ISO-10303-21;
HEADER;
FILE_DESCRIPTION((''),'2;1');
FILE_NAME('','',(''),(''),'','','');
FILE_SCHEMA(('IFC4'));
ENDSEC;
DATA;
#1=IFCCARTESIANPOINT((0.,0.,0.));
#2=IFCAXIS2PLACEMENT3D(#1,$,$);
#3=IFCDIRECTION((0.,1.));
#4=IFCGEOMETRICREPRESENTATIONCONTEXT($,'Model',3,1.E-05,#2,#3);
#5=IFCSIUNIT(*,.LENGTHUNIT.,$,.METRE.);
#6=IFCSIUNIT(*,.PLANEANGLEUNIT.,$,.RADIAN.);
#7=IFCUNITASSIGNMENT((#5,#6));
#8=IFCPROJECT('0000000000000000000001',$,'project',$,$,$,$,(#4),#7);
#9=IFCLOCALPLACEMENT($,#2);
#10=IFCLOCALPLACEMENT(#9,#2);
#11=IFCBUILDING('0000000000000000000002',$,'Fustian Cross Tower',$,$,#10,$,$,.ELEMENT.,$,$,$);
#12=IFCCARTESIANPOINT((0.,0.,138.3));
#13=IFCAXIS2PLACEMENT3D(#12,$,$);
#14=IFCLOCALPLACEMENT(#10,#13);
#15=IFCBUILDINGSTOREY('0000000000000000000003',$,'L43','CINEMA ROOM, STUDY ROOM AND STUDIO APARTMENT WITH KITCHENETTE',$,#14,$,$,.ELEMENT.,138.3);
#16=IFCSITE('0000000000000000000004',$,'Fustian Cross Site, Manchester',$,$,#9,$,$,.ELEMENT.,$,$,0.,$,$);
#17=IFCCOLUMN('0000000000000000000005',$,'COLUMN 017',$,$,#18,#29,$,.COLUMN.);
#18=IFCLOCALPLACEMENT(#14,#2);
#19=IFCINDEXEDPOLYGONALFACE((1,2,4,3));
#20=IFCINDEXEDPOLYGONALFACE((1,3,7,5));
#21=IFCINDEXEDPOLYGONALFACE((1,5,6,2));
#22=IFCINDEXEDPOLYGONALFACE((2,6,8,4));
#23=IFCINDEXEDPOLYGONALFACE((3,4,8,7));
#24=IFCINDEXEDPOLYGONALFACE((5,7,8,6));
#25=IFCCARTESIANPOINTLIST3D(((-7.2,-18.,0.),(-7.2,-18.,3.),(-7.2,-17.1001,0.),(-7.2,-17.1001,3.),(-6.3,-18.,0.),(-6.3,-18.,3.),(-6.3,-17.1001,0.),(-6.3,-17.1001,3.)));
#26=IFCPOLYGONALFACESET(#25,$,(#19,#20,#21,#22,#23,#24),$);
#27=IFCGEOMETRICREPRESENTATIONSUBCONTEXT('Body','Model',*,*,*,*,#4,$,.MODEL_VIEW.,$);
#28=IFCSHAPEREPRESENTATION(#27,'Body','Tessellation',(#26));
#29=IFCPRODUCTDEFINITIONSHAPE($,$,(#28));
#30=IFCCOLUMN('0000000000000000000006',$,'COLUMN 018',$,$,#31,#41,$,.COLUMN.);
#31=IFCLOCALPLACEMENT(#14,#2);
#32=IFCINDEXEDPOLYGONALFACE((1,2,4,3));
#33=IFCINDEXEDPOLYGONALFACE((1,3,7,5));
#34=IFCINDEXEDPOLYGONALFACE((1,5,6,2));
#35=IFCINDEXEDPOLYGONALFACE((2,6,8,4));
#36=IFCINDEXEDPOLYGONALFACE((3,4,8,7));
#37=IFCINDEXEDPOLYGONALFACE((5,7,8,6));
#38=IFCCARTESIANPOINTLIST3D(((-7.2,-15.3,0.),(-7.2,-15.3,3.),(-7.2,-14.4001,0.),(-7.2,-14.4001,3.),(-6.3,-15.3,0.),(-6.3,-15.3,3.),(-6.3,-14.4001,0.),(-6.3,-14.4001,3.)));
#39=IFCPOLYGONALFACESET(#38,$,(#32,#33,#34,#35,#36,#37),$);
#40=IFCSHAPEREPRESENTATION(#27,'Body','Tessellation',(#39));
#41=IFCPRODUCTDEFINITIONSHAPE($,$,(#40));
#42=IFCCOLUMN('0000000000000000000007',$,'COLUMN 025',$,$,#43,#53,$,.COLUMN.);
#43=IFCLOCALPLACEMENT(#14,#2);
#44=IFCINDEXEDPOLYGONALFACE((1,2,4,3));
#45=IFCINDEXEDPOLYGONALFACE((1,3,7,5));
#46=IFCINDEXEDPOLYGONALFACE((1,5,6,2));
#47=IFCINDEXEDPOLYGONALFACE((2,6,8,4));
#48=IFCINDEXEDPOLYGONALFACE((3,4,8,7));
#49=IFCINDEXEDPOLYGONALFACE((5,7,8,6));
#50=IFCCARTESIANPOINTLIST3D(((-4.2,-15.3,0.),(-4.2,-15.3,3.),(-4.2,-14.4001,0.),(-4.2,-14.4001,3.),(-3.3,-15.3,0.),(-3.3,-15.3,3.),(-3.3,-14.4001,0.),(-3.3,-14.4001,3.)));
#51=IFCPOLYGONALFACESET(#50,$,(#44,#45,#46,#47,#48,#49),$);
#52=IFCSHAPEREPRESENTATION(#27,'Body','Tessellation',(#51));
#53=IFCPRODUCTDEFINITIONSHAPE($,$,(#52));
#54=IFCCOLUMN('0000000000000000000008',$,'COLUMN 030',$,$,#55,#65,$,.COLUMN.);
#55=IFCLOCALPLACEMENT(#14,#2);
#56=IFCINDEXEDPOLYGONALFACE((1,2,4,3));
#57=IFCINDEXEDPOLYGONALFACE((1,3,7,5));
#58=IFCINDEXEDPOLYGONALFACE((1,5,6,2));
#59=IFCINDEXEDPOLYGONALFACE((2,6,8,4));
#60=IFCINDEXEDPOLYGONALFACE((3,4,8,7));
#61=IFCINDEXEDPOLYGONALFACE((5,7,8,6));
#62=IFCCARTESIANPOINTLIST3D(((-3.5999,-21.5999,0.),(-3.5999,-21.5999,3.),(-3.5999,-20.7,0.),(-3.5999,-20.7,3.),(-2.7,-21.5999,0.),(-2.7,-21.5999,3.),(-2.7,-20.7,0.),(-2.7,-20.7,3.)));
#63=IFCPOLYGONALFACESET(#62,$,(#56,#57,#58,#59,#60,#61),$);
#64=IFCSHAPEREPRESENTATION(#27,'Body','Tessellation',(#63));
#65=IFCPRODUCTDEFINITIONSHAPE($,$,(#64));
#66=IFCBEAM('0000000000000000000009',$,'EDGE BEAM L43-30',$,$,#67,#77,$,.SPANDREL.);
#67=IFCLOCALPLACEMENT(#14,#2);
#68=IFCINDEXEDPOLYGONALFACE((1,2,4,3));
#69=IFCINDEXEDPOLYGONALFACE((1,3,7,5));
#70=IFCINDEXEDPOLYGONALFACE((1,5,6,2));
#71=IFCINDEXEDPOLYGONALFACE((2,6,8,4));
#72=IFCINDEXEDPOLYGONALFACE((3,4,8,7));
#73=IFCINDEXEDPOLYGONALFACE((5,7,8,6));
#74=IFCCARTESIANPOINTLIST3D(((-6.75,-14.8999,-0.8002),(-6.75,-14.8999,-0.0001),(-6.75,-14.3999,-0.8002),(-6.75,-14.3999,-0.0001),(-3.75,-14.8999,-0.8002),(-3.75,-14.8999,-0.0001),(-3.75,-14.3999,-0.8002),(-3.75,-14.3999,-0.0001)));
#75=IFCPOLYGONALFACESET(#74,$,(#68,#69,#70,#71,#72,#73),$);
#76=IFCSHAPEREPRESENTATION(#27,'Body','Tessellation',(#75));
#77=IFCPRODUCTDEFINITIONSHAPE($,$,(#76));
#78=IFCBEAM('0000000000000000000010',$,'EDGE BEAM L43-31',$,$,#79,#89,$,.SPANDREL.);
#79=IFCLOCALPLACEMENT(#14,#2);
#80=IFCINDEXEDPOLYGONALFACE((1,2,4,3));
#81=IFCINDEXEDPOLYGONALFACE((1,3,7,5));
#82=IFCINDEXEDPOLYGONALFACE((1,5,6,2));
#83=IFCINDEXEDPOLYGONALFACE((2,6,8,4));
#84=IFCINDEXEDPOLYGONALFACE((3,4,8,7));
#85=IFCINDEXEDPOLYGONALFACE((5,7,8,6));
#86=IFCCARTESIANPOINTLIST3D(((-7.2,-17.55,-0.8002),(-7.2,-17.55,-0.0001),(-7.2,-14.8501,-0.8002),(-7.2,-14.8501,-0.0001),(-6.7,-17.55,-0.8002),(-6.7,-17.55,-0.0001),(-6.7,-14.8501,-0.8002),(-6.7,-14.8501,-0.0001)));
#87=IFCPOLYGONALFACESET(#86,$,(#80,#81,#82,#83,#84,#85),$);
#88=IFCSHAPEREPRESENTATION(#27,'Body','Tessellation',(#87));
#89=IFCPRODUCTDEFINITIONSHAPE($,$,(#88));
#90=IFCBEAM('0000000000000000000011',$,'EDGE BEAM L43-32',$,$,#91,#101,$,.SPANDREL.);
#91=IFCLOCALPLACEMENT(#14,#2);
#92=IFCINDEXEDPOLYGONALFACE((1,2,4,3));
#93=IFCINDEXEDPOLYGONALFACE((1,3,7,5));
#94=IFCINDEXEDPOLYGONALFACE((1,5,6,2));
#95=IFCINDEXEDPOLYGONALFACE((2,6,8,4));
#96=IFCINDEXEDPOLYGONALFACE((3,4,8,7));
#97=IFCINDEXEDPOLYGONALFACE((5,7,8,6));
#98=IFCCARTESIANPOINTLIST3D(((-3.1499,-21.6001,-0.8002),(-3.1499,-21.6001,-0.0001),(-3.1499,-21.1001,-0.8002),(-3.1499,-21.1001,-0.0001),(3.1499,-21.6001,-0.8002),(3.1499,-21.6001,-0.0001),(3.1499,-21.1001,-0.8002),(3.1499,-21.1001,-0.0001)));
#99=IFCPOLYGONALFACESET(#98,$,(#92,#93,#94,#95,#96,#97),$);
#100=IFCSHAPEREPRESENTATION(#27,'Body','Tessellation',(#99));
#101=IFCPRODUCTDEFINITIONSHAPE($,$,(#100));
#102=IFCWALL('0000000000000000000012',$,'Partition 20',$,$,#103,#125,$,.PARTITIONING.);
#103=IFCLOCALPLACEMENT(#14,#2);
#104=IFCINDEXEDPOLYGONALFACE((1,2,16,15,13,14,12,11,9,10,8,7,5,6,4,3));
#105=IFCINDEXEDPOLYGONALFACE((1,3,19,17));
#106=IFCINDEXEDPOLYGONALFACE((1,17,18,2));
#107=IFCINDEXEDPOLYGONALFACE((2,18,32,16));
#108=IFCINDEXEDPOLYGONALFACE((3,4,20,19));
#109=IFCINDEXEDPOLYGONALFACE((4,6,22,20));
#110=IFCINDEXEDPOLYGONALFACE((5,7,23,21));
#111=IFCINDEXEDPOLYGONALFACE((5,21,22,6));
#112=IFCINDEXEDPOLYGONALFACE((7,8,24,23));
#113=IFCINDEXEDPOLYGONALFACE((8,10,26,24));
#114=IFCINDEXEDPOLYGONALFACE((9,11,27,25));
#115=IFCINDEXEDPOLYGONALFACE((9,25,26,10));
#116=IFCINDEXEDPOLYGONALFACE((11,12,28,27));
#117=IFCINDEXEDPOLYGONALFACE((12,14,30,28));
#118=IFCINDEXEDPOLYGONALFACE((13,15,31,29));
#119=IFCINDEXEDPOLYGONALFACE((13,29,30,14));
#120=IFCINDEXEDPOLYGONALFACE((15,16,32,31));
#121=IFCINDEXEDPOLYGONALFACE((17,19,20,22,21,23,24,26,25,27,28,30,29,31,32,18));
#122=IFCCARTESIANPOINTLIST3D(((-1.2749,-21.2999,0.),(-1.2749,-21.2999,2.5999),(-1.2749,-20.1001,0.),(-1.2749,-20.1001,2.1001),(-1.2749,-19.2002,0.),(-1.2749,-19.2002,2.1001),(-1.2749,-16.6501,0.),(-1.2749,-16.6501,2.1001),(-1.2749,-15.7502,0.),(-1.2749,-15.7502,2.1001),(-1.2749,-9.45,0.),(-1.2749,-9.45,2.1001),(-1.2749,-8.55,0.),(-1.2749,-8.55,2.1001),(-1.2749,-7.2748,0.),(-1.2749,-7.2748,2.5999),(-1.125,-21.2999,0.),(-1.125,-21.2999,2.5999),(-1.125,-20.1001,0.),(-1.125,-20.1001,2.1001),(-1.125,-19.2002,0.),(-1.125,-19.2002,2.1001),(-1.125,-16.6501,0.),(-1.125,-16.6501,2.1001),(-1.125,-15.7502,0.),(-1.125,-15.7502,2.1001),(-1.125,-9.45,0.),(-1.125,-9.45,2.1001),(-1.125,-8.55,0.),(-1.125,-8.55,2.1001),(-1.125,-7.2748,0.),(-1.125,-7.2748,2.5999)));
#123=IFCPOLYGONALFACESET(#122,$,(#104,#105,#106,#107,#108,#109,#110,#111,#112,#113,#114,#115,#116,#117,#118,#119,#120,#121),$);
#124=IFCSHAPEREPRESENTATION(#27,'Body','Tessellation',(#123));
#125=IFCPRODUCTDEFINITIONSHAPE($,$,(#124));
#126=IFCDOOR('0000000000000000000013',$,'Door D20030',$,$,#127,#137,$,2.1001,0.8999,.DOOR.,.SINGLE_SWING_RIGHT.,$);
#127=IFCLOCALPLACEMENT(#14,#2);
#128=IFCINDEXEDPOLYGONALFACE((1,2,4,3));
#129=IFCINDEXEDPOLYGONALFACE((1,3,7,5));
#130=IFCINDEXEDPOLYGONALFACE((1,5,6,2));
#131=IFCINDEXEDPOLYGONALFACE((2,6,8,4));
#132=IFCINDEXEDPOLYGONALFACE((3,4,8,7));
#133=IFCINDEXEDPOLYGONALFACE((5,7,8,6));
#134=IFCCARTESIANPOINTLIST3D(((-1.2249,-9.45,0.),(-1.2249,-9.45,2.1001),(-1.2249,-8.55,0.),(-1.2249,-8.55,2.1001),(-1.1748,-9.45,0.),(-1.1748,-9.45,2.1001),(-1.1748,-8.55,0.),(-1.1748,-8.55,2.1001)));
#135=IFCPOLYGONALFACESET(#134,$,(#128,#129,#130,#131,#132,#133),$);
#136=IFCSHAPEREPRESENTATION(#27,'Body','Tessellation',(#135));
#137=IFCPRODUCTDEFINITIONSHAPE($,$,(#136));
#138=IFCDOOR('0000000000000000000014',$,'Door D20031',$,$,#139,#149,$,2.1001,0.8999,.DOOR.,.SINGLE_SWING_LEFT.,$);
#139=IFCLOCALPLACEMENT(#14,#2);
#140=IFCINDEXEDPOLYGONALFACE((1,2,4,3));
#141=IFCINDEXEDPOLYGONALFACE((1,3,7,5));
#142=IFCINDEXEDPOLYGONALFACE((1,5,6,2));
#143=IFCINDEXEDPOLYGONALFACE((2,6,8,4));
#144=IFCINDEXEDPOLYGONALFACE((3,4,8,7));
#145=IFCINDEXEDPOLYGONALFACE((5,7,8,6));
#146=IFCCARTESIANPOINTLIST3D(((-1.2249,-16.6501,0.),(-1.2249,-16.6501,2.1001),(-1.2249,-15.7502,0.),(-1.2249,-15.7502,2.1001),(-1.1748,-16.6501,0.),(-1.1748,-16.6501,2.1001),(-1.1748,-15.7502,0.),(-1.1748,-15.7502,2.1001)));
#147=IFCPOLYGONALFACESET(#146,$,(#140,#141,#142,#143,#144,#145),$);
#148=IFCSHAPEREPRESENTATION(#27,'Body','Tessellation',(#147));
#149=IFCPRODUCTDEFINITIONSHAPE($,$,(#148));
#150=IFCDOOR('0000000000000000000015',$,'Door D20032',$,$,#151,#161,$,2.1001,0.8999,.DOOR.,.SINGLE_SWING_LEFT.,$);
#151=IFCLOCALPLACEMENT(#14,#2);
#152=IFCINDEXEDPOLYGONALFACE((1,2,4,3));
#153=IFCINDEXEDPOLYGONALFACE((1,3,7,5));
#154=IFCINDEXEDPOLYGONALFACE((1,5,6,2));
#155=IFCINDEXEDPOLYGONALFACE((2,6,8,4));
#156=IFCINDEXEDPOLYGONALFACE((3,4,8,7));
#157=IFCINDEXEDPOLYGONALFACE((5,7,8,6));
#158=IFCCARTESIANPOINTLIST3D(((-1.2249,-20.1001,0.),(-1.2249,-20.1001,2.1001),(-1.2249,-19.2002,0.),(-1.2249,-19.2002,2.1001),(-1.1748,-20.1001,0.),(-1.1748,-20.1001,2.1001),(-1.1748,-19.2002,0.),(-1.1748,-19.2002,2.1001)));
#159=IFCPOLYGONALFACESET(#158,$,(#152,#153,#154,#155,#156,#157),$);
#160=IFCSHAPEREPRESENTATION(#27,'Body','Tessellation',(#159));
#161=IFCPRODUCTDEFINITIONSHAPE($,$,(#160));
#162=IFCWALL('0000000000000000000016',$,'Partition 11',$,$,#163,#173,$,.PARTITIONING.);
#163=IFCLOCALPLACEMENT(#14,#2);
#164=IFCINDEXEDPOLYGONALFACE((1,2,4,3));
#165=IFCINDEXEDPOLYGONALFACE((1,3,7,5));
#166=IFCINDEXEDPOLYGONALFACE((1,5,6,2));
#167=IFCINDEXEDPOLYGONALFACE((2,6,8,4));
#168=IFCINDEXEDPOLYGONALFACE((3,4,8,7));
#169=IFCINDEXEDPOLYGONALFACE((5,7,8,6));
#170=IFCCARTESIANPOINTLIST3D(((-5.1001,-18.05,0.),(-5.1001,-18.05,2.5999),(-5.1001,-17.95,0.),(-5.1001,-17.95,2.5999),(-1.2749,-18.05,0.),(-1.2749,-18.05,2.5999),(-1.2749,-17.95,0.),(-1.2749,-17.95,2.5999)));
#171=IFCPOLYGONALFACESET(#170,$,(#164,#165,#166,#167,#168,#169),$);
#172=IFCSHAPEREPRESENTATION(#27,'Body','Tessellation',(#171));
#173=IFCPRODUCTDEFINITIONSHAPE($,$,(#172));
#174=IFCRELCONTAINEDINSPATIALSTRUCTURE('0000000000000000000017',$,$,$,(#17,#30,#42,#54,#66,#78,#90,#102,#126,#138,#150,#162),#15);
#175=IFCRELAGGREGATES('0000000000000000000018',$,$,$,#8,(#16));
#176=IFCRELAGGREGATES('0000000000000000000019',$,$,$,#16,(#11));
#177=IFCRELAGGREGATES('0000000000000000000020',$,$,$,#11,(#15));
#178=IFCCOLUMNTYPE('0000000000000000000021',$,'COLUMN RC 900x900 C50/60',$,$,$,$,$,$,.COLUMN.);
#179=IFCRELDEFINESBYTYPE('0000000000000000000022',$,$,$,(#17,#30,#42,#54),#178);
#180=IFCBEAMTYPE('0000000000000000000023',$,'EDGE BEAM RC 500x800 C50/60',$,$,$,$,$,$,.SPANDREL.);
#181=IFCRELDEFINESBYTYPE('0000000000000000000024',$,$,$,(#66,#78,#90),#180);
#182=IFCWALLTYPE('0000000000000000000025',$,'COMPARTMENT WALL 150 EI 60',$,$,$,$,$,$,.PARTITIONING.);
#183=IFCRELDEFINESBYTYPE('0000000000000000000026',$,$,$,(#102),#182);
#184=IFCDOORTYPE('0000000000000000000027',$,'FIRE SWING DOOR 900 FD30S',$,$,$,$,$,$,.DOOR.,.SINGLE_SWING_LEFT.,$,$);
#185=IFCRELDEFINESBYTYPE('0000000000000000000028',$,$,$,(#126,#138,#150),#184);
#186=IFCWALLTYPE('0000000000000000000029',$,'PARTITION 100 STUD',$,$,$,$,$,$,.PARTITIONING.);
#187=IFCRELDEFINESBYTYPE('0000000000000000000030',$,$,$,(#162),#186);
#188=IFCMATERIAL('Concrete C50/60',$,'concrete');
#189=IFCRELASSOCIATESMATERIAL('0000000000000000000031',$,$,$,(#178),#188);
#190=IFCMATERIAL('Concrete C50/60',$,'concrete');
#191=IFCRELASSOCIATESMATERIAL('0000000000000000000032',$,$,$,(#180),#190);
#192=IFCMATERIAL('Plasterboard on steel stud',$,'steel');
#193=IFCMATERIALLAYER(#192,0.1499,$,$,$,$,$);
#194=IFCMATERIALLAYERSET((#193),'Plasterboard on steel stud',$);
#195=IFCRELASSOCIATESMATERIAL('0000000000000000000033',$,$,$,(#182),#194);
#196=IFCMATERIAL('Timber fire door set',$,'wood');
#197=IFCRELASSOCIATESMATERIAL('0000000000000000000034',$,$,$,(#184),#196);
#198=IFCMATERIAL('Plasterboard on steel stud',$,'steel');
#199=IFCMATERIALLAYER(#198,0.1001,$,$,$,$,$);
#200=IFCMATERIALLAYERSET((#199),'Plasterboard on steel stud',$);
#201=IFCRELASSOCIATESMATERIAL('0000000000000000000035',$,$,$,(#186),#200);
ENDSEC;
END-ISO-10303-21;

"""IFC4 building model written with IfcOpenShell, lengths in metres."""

from ifc_helpers import new_model, si_unit, direction, frame, frame_2d, origin, origin_2d, place, context, subcontext, project, spatial, rectangle, extrude, material, layer, layer_set, material_profile, profile_set, type_object, element, fill, save


model = new_model("IFC4")

# Units and contexts
model_context = context("Model", 3, precision=1e-05, world=origin(), true_north=direction((0.0, 1.0)))
body_context = subcontext(model_context, "Body", "Model", "MODEL_VIEW")
ifc_project = project(units=[si_unit("LENGTHUNIT", "METRE"), si_unit("PLANEANGLEUNIT", "RADIAN")], contexts=[model_context])

# Site, building, storey
site_placement = place(None, origin())
site = spatial("IfcSite", under=ifc_project, at=site_placement, Name="Fustian Cross Site, Manchester", CompositionType="ELEMENT", RefElevation=0.0)
building_placement = place(site_placement, origin())
building = spatial("IfcBuilding", under=site, at=building_placement, Name="Fustian Cross Tower", CompositionType="ELEMENT")
storey_placement = place(building_placement, frame((0.0, 0.0, 138.3)))
storey = spatial("IfcBuildingStorey", under=building, at=storey_placement, Name="L43", Description="CINEMA ROOM, STUDY ROOM AND STUDIO APARTMENT WITH KITCHENETTE", CompositionType="ELEMENT", Elevation=138.3)

# Columns
ifc_material_1 = material(Name="Concrete C50/60", Category="concrete")
ifc_material_profile_1 = material_profile(ifc_material_1, rectangle(XDim=0.8999, YDim=0.8999, at=origin_2d()), Name="RC 900x900")
ifc_profile_set_1 = profile_set([ifc_material_profile_1], Name="Concrete C50/60")
column_type = type_object("IfcColumnType", Name="COLUMN RC 900x900 C50/60", PredefinedType="COLUMN", material=ifc_profile_set_1)
for number, where, z_axis, x_axis, name in (
    (1, (-6.75, -17.55, 0.0), (0.0, 0.0, 1.0), (1.0, 0.0, 0.0), "COLUMN 017"),
    (2, (-6.75, -14.8501, 0.0), (0.0, 0.0, 1.0), (1.0, 0.0, 0.0), "COLUMN 018"),
    (3, (-3.75, -14.8501, 0.0), (0.0, 0.0, 1.0), (1.0, 0.0, 0.0), "COLUMN 025"),
    (4, (-3.1499, -21.1499, 0.0), (0.0, 0.0, 1.0), (1.0, 0.0, 0.0), "COLUMN 030"),
):
    element("IfcColumn", number, at=place(storey_placement, frame(where, z_axis=z_axis, x_axis=x_axis)), inside=storey, type_object=column_type, Name=name, PredefinedType="COLUMN", context=body_context, shape_type="SweptSolid", body=[
        extrude(rectangle(XDim=0.8999, YDim=0.8999, at=origin_2d()), origin(), (0.0, 0.0, 1.0), 3.0),
    ])

# Beams
ifc_material_2 = material(Name="Concrete C50/60", Category="concrete")
ifc_material_profile_2 = material_profile(ifc_material_2, rectangle(XDim=0.5, YDim=0.8, at=origin_2d()), Name="RC 500x800")
ifc_profile_set_2 = profile_set([ifc_material_profile_2], Name="Concrete C50/60")
beam_type = type_object("IfcBeamType", Name="EDGE BEAM RC 500x800 C50/60", PredefinedType="SPANDREL", material=ifc_profile_set_2)
beam_1_placement = place(storey_placement, frame((-3.75, -14.6499, -0.4001), z_axis=(-1.0, 0.0, 0.0), x_axis=(0.0, -1.0, 0.0)))
element("IfcBeam", 5, at=beam_1_placement, inside=storey, type_object=beam_type, Name="EDGE BEAM L43-30", PredefinedType="SPANDREL", context=body_context, shape_type="SweptSolid", body=[
    extrude(rectangle(XDim=0.5, YDim=0.8, at=origin_2d()), origin(), (0.0, 0.0, 1.0), 3.0),
])
beam_2_placement = place(storey_placement, frame((-6.95, -14.8501, -0.4001), z_axis=(0.0, -1.0, 0.0), x_axis=(1.0, 0.0, 0.0)))
element("IfcBeam", 6, at=beam_2_placement, inside=storey, type_object=beam_type, Name="EDGE BEAM L43-31", PredefinedType="SPANDREL", context=body_context, shape_type="SweptSolid", body=[
    extrude(rectangle(XDim=0.5, YDim=0.8, at=origin_2d()), origin(), (0.0, 0.0, 1.0), 2.7),
])
beam_3_placement = place(storey_placement, frame((-3.1499, -21.3501, -0.4001), z_axis=(1.0, 0.0, 0.0), x_axis=(0.0, 1.0, 0.0)))
element("IfcBeam", 7, at=beam_3_placement, inside=storey, type_object=beam_type, Name="EDGE BEAM L43-32", PredefinedType="SPANDREL", context=body_context, shape_type="SweptSolid", body=[
    extrude(rectangle(XDim=0.5, YDim=0.8, at=origin_2d()), origin(), (0.0, 0.0, 1.0), 6.2998),
])

# Wall, openings, doors
ifc_material_3 = material(Name="Plasterboard on steel stud", Category="steel")
ifc_layer_1 = layer(ifc_material_3, 0.1499)
ifc_layer_set_1 = layer_set([ifc_layer_1], Name="Plasterboard on steel stud")
wall_type_1 = type_object("IfcWallType", Name="COMPARTMENT WALL 150 EI 60", PredefinedType="PARTITIONING", material=ifc_layer_set_1)
wall_1_placement = place(storey_placement, frame((-1.2, -21.3, 0.0), z_axis=(0.0, 0.0, 1.0), x_axis=(0.0, 1.0, 0.0)))
wall_1 = element("IfcWall", 8, at=wall_1_placement, inside=storey, type_object=wall_type_1, Name="Partition 20", PredefinedType="PARTITIONING", context=body_context, shape_type="SweptSolid", body=[
    extrude(rectangle(XDim=14.0251, YDim=0.1499, at=frame_2d((7.0127, 0.0))), origin(), (0.0, 0.0, 1.0), 2.5999),
])
opening_1_placement = place(wall_1_placement, frame((11.8501, 0.0, 0.0)))
opening_1 = element("IfcOpeningElement", 9, at=opening_1_placement, cuts=wall_1, PredefinedType="OPENING", context=body_context, shape_type="SweptSolid", body=[
    extrude(rectangle(XDim=0.8999, YDim=2.1001, at=frame_2d((0.45, 1.05))), frame((0.0, 0.085, 0.0), z_axis=(0.0, -1.0, 0.0), x_axis=(1.0, 0.0, 0.0)), (0.0, 0.0, 1.0), 0.1699),
])
opening_2_placement = place(wall_1_placement, frame((4.6499, 0.0, 0.0)))
opening_2 = element("IfcOpeningElement", 10, at=opening_2_placement, cuts=wall_1, PredefinedType="OPENING", context=body_context, shape_type="SweptSolid", body=[
    extrude(rectangle(XDim=0.8999, YDim=2.1001, at=frame_2d((0.45, 1.05))), frame((0.0, 0.085, 0.0), z_axis=(0.0, -1.0, 0.0), x_axis=(1.0, 0.0, 0.0)), (0.0, 0.0, 1.0), 0.1699),
])
opening_3_placement = place(wall_1_placement, frame((1.2, 0.0, 0.0)))
opening_3 = element("IfcOpeningElement", 11, at=opening_3_placement, cuts=wall_1, PredefinedType="OPENING", context=body_context, shape_type="SweptSolid", body=[
    extrude(rectangle(XDim=0.8999, YDim=2.1001, at=frame_2d((0.45, 1.05))), frame((0.0, 0.085, 0.0), z_axis=(0.0, -1.0, 0.0), x_axis=(1.0, 0.0, 0.0)), (0.0, 0.0, 1.0), 0.1699),
])
ifc_material_4 = material(Name="Timber fire door set", Category="wood")
door_type = type_object("IfcDoorType", Name="FIRE SWING DOOR 900 FD30S", OperationType="SINGLE_SWING_LEFT", PredefinedType="DOOR", material=ifc_material_4)
door_1_placement = place(opening_1_placement, origin())
door_1 = element("IfcDoor", 12, at=door_1_placement, inside=storey, type_object=door_type, Name="Door D20030", OperationType="SINGLE_SWING_RIGHT", OverallHeight=2.1001, OverallWidth=0.8999, PredefinedType="DOOR", context=body_context, shape_type="SweptSolid", body=[
    extrude(rectangle(XDim=0.8999, YDim=2.1001, at=frame_2d((0.45, 1.05))), frame((0.0, 0.0249, 0.0), z_axis=(0.0, -1.0, 0.0), x_axis=(1.0, 0.0, 0.0)), (0.0, 0.0, 1.0), 0.05),
])
fill(opening_1, door_1)
door_2_placement = place(opening_2_placement, origin())
door_2 = element("IfcDoor", 13, at=door_2_placement, inside=storey, type_object=door_type, Name="Door D20031", OperationType="SINGLE_SWING_LEFT", OverallHeight=2.1001, OverallWidth=0.8999, PredefinedType="DOOR", context=body_context, shape_type="SweptSolid", body=[
    extrude(rectangle(XDim=0.8999, YDim=2.1001, at=frame_2d((0.45, 1.05))), frame((0.0, 0.0249, 0.0), z_axis=(0.0, -1.0, 0.0), x_axis=(1.0, 0.0, 0.0)), (0.0, 0.0, 1.0), 0.05),
])
fill(opening_2, door_2)
door_3_placement = place(opening_3_placement, origin())
door_3 = element("IfcDoor", 14, at=door_3_placement, inside=storey, type_object=door_type, Name="Door D20032", OperationType="SINGLE_SWING_LEFT", OverallHeight=2.1001, OverallWidth=0.8999, PredefinedType="DOOR", context=body_context, shape_type="SweptSolid", body=[
    extrude(rectangle(XDim=0.8999, YDim=2.1001, at=frame_2d((0.45, 1.05))), frame((0.0, 0.0249, 0.0), z_axis=(0.0, -1.0, 0.0), x_axis=(1.0, 0.0, 0.0)), (0.0, 0.0, 1.0), 0.05),
])
fill(opening_3, door_3)

# Wall
ifc_material_5 = material(Name="Plasterboard on steel stud", Category="steel")
ifc_layer_2 = layer(ifc_material_5, 0.1001)
ifc_layer_set_2 = layer_set([ifc_layer_2], Name="Plasterboard on steel stud")
wall_type_2 = type_object("IfcWallType", Name="PARTITION 100 STUD", PredefinedType="PARTITIONING", material=ifc_layer_set_2)
wall_2_placement = place(storey_placement, frame((-5.1001, -18.0, 0.0), z_axis=(0.0, 0.0, 1.0), x_axis=(1.0, 0.0, 0.0)))
element("IfcWall", 15, at=wall_2_placement, inside=storey, type_object=wall_type_2, Name="Partition 11", PredefinedType="PARTITIONING", context=body_context, shape_type="SweptSolid", body=[
    extrude(rectangle(XDim=3.8252, YDim=0.1001, at=frame_2d((1.9126, 0.0))), origin(), (0.0, 0.0, 1.0), 2.5999),
])

save(model, "model.ifc")
